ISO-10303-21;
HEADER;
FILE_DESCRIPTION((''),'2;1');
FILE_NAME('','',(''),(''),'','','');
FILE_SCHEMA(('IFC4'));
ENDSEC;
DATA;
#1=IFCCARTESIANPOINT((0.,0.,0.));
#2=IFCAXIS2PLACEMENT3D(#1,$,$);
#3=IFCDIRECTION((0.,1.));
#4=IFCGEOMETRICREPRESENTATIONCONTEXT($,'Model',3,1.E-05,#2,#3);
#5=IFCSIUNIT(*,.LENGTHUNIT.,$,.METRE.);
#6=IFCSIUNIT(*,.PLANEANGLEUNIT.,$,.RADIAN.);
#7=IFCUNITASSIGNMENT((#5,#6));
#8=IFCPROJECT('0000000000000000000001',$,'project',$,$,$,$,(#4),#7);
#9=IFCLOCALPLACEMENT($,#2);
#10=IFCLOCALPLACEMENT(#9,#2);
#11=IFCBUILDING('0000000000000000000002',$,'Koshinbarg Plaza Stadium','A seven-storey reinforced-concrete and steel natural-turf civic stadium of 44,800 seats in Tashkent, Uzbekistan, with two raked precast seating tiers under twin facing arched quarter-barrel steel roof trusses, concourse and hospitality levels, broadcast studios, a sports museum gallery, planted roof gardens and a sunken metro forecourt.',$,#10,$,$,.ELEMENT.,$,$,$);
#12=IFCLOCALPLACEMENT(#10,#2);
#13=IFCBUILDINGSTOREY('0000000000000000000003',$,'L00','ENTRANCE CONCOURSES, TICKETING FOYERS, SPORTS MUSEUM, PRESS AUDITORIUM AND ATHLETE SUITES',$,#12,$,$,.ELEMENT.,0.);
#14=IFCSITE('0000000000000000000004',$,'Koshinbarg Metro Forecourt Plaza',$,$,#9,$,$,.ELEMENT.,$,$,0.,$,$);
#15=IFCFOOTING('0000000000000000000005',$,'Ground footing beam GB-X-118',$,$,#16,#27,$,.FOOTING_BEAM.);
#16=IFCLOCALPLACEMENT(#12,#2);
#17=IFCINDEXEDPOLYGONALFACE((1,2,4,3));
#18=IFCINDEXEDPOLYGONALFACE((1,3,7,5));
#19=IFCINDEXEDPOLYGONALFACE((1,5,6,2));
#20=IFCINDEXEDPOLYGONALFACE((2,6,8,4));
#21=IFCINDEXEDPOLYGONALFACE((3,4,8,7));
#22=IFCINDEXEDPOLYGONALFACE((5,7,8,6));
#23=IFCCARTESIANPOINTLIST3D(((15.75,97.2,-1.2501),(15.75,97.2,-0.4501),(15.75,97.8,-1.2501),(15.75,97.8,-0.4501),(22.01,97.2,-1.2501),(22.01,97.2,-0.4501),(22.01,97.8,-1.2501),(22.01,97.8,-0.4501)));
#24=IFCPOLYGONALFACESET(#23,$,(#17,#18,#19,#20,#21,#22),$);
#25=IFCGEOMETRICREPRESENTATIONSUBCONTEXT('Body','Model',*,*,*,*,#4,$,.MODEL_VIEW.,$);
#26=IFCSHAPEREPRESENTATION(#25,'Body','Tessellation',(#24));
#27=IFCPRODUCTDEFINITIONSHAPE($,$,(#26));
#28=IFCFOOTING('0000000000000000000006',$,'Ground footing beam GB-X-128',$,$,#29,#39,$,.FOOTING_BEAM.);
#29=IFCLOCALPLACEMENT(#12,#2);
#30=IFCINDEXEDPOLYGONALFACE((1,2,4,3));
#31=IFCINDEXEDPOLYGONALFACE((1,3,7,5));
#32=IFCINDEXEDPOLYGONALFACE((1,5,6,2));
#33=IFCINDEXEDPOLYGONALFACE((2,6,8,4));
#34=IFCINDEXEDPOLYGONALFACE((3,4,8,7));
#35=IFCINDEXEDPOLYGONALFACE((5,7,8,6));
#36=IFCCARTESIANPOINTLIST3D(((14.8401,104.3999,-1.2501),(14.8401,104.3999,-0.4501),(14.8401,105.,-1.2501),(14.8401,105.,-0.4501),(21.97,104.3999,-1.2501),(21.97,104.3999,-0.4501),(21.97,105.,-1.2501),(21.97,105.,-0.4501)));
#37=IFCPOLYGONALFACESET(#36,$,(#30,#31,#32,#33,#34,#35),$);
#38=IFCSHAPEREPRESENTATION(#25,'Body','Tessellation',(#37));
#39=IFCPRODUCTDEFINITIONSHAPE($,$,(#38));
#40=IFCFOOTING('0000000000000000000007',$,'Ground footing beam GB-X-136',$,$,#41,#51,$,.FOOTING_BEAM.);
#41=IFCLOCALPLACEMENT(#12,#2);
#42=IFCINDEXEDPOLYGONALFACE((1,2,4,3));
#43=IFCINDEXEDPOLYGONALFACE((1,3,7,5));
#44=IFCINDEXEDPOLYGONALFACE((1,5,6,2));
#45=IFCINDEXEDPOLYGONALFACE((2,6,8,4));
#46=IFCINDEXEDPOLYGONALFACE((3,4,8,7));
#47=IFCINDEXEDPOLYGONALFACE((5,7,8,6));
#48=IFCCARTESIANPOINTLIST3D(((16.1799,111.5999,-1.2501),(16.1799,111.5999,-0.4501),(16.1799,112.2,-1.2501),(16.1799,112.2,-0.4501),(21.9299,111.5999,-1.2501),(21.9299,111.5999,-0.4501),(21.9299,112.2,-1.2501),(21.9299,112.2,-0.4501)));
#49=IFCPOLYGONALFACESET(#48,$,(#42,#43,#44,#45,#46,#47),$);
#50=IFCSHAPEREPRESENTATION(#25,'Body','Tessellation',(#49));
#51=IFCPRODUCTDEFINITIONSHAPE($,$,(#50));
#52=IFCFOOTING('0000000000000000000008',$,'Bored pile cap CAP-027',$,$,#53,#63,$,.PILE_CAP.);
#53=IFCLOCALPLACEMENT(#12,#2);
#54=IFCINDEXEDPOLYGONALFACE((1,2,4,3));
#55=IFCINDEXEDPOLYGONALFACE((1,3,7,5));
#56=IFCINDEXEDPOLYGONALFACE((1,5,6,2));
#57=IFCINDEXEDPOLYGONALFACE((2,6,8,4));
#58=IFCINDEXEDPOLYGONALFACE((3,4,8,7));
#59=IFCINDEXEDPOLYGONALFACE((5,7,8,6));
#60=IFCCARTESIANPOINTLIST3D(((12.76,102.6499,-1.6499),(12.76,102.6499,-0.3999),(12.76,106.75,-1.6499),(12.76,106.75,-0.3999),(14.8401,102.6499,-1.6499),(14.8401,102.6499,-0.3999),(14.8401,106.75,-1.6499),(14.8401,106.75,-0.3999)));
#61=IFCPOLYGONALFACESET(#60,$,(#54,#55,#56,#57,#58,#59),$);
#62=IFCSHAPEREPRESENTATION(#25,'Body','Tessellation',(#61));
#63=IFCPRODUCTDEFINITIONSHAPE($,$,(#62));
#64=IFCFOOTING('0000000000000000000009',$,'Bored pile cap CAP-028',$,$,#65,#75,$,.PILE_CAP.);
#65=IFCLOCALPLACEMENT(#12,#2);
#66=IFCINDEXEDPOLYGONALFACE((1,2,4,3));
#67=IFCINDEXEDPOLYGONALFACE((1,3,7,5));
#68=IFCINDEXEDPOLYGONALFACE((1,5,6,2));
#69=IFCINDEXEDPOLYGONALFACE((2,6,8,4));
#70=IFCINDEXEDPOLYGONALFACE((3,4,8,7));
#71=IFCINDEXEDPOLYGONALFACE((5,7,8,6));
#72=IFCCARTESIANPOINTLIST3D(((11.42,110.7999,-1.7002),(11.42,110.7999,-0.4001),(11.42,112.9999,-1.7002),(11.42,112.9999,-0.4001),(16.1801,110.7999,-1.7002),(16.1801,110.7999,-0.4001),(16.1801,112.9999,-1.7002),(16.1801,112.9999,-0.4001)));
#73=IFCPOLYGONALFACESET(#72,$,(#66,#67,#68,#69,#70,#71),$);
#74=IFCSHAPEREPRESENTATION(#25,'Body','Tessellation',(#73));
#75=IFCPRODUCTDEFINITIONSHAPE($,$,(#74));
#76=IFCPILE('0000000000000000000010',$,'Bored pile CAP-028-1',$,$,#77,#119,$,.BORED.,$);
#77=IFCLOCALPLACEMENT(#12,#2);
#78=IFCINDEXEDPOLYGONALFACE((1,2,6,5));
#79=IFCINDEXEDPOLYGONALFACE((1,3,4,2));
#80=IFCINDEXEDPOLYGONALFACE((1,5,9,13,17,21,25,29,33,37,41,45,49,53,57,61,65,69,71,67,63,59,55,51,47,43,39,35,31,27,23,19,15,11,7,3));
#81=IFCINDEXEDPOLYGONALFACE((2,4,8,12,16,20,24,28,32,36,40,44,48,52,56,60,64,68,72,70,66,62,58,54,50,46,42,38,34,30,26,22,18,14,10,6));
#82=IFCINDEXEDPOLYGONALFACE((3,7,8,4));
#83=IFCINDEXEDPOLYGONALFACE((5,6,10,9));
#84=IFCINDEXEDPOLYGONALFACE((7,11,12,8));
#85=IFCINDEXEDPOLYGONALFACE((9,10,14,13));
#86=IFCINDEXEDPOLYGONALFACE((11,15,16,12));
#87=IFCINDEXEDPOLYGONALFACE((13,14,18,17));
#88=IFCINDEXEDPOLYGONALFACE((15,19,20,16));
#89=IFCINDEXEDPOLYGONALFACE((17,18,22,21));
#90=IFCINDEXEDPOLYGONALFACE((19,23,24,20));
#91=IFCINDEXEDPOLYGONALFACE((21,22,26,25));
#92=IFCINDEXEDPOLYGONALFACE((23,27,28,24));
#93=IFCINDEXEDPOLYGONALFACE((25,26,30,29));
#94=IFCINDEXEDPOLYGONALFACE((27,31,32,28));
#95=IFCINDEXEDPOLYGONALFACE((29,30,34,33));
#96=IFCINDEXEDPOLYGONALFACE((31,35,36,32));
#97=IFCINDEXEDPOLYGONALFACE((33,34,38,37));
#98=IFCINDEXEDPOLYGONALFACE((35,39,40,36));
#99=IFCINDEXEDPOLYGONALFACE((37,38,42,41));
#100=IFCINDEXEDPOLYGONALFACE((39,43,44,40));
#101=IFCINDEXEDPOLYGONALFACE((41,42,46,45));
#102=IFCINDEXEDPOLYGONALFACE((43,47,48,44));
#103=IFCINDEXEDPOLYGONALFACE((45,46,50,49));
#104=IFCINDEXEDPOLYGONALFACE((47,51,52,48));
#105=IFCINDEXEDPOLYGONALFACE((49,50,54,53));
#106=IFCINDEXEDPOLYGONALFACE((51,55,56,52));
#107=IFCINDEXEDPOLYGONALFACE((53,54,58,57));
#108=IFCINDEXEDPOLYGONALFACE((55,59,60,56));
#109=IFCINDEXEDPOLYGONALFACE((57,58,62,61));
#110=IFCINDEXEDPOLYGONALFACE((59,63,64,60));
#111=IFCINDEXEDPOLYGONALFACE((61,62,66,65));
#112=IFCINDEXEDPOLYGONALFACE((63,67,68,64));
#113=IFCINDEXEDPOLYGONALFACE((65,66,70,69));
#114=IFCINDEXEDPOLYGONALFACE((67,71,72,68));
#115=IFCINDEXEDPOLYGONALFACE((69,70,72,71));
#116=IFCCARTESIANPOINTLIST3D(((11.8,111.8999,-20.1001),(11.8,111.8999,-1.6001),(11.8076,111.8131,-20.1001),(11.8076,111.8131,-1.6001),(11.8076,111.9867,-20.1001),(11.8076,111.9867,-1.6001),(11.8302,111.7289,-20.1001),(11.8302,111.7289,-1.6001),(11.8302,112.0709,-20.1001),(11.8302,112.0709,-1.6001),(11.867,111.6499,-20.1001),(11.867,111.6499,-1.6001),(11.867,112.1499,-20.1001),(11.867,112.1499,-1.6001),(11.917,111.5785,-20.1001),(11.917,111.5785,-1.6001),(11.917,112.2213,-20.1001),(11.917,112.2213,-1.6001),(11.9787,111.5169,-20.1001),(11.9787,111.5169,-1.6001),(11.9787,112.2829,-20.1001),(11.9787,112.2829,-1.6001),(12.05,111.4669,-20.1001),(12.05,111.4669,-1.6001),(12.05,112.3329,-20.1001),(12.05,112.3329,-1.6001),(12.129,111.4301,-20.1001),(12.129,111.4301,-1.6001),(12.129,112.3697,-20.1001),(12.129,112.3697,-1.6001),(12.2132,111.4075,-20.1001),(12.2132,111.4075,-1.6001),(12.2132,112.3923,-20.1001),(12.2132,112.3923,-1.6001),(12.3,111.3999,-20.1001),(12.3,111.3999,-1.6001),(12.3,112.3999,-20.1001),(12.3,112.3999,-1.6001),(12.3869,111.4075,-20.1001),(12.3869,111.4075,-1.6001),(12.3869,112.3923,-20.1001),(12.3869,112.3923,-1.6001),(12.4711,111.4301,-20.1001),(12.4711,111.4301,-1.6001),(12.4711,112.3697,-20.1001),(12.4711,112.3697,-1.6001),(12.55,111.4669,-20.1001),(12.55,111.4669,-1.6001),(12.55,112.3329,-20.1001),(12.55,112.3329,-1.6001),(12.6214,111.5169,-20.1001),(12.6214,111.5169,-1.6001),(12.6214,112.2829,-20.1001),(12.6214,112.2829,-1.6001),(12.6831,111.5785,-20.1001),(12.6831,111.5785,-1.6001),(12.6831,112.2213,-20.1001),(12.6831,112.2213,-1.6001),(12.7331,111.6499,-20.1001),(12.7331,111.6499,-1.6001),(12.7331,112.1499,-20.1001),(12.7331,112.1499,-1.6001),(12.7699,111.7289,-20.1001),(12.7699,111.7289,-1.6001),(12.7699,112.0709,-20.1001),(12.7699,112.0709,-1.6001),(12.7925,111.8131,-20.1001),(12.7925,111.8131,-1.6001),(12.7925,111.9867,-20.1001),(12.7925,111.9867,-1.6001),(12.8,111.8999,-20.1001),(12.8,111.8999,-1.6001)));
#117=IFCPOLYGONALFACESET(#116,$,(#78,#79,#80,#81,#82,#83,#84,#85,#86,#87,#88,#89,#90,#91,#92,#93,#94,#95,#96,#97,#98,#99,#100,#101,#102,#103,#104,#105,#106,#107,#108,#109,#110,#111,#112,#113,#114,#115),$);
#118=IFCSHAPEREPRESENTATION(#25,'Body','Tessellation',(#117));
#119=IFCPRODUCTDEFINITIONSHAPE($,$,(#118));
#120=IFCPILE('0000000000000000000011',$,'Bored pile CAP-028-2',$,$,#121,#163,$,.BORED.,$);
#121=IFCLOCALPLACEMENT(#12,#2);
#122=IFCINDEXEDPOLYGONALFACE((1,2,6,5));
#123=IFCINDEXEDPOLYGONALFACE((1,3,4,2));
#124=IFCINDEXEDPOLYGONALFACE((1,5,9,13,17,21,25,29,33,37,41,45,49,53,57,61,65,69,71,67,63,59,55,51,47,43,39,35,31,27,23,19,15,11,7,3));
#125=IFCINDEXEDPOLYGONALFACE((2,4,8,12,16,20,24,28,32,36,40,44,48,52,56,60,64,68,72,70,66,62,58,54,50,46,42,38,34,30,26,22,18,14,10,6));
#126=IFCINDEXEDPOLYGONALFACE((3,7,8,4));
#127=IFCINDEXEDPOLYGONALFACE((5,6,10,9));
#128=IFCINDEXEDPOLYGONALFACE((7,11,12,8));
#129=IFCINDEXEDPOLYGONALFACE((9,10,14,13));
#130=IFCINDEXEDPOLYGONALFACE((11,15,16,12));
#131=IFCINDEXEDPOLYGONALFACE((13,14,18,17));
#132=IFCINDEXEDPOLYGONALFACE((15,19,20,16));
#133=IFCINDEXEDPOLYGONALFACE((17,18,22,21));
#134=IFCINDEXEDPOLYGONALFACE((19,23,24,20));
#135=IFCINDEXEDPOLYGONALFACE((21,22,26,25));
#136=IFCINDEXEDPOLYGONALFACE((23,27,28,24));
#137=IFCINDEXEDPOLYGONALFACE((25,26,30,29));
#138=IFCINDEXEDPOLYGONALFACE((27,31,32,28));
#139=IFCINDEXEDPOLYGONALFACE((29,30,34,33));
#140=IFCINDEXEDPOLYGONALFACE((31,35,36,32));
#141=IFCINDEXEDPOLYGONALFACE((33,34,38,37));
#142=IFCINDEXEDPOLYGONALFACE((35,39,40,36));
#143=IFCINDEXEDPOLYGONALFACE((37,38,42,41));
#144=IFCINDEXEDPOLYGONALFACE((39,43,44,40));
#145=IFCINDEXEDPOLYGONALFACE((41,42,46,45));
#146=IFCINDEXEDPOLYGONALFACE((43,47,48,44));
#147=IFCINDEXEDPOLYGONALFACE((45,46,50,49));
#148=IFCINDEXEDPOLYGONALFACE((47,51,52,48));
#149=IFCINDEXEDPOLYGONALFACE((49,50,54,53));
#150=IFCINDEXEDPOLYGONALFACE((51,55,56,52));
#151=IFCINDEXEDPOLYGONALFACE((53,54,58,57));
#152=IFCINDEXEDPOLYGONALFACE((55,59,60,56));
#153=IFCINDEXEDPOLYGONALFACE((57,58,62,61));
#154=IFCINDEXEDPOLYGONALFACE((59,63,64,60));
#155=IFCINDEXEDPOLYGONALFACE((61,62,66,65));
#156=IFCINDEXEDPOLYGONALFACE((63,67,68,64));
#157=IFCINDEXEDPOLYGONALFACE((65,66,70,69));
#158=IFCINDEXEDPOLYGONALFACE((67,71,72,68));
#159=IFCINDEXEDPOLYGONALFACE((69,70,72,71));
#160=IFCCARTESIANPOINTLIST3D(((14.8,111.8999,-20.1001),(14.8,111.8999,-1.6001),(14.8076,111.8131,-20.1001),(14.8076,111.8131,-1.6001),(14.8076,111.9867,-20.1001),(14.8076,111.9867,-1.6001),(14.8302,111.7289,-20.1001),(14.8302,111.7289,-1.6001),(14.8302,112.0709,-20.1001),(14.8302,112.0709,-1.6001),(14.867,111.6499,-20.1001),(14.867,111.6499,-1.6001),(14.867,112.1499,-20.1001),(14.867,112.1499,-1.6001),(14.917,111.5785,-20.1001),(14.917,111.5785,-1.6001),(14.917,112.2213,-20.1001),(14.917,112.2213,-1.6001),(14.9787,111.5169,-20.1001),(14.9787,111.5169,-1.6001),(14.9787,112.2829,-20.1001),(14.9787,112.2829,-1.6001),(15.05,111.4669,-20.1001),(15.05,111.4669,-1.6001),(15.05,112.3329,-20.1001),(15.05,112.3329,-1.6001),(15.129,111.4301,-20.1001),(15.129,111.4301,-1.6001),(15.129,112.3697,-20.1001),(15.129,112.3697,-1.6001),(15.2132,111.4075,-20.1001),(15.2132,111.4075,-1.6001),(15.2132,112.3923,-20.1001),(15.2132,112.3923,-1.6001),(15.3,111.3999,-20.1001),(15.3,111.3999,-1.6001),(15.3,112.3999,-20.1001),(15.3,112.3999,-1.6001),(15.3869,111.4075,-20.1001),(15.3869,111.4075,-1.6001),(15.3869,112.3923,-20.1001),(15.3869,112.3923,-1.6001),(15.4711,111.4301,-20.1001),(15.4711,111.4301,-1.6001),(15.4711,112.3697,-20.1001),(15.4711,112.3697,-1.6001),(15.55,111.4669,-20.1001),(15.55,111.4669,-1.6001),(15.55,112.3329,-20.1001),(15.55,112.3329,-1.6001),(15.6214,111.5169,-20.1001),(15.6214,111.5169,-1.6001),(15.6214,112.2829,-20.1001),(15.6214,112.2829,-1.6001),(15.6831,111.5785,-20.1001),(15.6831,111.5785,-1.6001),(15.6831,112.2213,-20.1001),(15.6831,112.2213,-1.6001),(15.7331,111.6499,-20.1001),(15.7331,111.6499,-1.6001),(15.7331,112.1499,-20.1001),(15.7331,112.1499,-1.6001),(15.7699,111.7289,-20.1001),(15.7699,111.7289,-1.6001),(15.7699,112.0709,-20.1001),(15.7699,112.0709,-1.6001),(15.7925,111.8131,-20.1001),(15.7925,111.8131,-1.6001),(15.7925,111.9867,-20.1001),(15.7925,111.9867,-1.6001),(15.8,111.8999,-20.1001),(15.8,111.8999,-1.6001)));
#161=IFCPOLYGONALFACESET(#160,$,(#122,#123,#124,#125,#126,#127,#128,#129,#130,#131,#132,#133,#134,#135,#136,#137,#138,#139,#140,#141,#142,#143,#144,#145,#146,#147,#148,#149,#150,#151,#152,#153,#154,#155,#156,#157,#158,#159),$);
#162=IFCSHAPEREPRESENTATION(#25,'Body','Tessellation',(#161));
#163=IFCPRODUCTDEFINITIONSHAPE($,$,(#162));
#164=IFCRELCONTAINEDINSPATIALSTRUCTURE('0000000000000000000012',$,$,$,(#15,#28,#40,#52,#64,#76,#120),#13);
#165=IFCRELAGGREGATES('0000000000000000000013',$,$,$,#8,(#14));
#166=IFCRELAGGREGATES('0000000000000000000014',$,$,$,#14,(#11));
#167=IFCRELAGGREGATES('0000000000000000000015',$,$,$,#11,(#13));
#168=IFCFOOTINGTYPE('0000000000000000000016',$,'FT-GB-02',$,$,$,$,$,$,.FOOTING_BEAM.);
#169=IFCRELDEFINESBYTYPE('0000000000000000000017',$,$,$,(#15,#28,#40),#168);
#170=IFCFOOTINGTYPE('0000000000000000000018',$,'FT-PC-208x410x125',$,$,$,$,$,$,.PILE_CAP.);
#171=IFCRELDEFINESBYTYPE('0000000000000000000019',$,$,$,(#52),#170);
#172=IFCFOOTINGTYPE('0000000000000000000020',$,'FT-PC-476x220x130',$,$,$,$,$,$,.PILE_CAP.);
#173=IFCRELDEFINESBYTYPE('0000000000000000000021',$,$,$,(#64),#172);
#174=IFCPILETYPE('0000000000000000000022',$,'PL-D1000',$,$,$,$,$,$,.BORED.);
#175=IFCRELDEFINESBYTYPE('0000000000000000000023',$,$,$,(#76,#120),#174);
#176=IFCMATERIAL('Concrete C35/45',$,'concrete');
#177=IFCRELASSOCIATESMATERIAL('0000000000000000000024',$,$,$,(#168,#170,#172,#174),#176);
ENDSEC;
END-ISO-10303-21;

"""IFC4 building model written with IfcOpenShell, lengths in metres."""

from ifc_helpers import new_model, si_unit, direction, frame, origin, origin_2d, place, context, subcontext, project, spatial, rectangle, circle, extrude, material, material_profile, profile_set, type_object, element, save


model = new_model("IFC4")

# Units and contexts
model_context = context("Model", 3, precision=1e-05, world=origin(), true_north=direction((0.0, 1.0)))
body_context = subcontext(model_context, "Body", "Model", "MODEL_VIEW")
ifc_project = project(units=[si_unit("LENGTHUNIT", "METRE"), si_unit("PLANEANGLEUNIT", "RADIAN")], contexts=[model_context])

# Site, building, storey
site_placement = place(None, origin())
site = spatial("IfcSite", under=ifc_project, at=site_placement, Name="Koshinbarg Metro Forecourt Plaza", CompositionType="ELEMENT", RefElevation=0.0)
building_placement = place(site_placement, origin())
building = spatial("IfcBuilding", under=site, at=building_placement, Name="Koshinbarg Plaza Stadium", Description="A seven-storey reinforced-concrete and steel natural-turf civic stadium of 44,800 seats in Tashkent, Uzbekistan, with two raked precast seating tiers under twin facing arched quarter-barrel steel roof trusses, concourse and hospitality levels, broadcast studios, a sports museum gallery, planted roof gardens and a sunken metro forecourt.", CompositionType="ELEMENT")
storey_placement = place(building_placement, origin())
storey = spatial("IfcBuildingStorey", under=building, at=storey_placement, Name="L00", Description="ENTRANCE CONCOURSES, TICKETING FOYERS, SPORTS MUSEUM, PRESS AUDITORIUM AND ATHLETE SUITES", CompositionType="ELEMENT", Elevation=0.0)

# Footings
ifc_material_1 = material(Name="Concrete C35/45", Category="concrete")
ifc_material_profile_1 = material_profile(ifc_material_1, rectangle(XDim=0.6001, YDim=0.8, at=origin_2d()), Name="GB 600x800")
ifc_profile_set_1 = profile_set([ifc_material_profile_1], Name="Concrete C35/45")
footing_type_1 = type_object("IfcFootingType", Name="FT-GB-02", PredefinedType="FOOTING_BEAM", material=ifc_profile_set_1)
footing_1_placement = place(storey_placement, frame((15.75, 97.5, -0.8501), z_axis=(1.0, 0.0, 0.0), x_axis=(0.0, 1.0, 0.0)))
element("IfcFooting", 1, at=footing_1_placement, inside=storey, type_object=footing_type_1, Name="Ground footing beam GB-X-118", PredefinedType="FOOTING_BEAM", context=body_context, shape_type="SweptSolid", body=[
    extrude(rectangle(XDim=0.6001, YDim=0.8, at=origin_2d()), origin(), (0.0, 0.0, 1.0), 6.26),
])
footing_2_placement = place(storey_placement, frame((14.8401, 104.7, -0.8501), z_axis=(1.0, 0.0, 0.0), x_axis=(0.0, 1.0, 0.0)))
element("IfcFooting", 2, at=footing_2_placement, inside=storey, type_object=footing_type_1, Name="Ground footing beam GB-X-128", PredefinedType="FOOTING_BEAM", context=body_context, shape_type="SweptSolid", body=[
    extrude(rectangle(XDim=0.6001, YDim=0.8, at=origin_2d()), origin(), (0.0, 0.0, 1.0), 7.1299),
])
footing_3_placement = place(storey_placement, frame((16.1799, 111.8999, -0.8501), z_axis=(1.0, 0.0, 0.0), x_axis=(0.0, 1.0, 0.0)))
element("IfcFooting", 3, at=footing_3_placement, inside=storey, type_object=footing_type_1, Name="Ground footing beam GB-X-136", PredefinedType="FOOTING_BEAM", context=body_context, shape_type="SweptSolid", body=[
    extrude(rectangle(XDim=0.6001, YDim=0.8, at=origin_2d()), origin(), (0.0, 0.0, 1.0), 5.75),
])
footing_type_2 = type_object("IfcFootingType", Name="FT-PC-208x410x125", PredefinedType="PILE_CAP", material=ifc_material_1)
footing_4_placement = place(storey_placement, frame((13.8, 104.7, -1.6499), z_axis=(0.0, 0.0, 1.0), x_axis=(1.0, 0.0, 0.0)))
element("IfcFooting", 4, at=footing_4_placement, inside=storey, type_object=footing_type_2, Name="Bored pile cap CAP-027", PredefinedType="PILE_CAP", context=body_context, shape_type="SweptSolid", body=[
    extrude(rectangle(XDim=2.0801, YDim=4.1001, at=origin_2d()), origin(), (0.0, 0.0, 1.0), 1.25),
])
footing_type_3 = type_object("IfcFootingType", Name="FT-PC-476x220x130", PredefinedType="PILE_CAP", material=ifc_material_1)
footing_5_placement = place(storey_placement, frame((13.8, 111.8999, -1.7002), z_axis=(0.0, 0.0, 1.0), x_axis=(1.0, 0.0, 0.0)))
element("IfcFooting", 5, at=footing_5_placement, inside=storey, type_object=footing_type_3, Name="Bored pile cap CAP-028", PredefinedType="PILE_CAP", context=body_context, shape_type="SweptSolid", body=[
    extrude(rectangle(XDim=4.76, YDim=2.2, at=origin_2d()), origin(), (0.0, 0.0, 1.0), 1.3),
])

# Piles
ifc_material_profile_2 = material_profile(ifc_material_1, circle(Radius=0.5, at=origin_2d()), Name="PILE D1000")
ifc_profile_set_2 = profile_set([ifc_material_profile_2], Name="Concrete C35/45")
pile_type_1 = type_object("IfcPileType", Name="PL-D1000", PredefinedType="BORED", material=ifc_profile_set_2)
for number, where, z_axis, x_axis, name in (
    (6, (12.3, 111.8999, -1.6001), (0.0, 0.0, -1.0), (1.0, 0.0, 0.0), "Bored pile CAP-028-1"),
    (7, (15.3, 111.8999, -1.6001), (0.0, 0.0, -1.0), (1.0, 0.0, 0.0), "Bored pile CAP-028-2"),
):
    element("IfcPile", number, at=place(storey_placement, frame(where, z_axis=z_axis, x_axis=x_axis)), inside=storey, type_object=pile_type_1, Name=name, PredefinedType="BORED", context=body_context, shape_type="SweptSolid", body=[
        extrude(circle(Radius=0.5, at=origin_2d()), origin(), (0.0, 0.0, 1.0), 18.5),
    ])

save(model, "model.ifc")
